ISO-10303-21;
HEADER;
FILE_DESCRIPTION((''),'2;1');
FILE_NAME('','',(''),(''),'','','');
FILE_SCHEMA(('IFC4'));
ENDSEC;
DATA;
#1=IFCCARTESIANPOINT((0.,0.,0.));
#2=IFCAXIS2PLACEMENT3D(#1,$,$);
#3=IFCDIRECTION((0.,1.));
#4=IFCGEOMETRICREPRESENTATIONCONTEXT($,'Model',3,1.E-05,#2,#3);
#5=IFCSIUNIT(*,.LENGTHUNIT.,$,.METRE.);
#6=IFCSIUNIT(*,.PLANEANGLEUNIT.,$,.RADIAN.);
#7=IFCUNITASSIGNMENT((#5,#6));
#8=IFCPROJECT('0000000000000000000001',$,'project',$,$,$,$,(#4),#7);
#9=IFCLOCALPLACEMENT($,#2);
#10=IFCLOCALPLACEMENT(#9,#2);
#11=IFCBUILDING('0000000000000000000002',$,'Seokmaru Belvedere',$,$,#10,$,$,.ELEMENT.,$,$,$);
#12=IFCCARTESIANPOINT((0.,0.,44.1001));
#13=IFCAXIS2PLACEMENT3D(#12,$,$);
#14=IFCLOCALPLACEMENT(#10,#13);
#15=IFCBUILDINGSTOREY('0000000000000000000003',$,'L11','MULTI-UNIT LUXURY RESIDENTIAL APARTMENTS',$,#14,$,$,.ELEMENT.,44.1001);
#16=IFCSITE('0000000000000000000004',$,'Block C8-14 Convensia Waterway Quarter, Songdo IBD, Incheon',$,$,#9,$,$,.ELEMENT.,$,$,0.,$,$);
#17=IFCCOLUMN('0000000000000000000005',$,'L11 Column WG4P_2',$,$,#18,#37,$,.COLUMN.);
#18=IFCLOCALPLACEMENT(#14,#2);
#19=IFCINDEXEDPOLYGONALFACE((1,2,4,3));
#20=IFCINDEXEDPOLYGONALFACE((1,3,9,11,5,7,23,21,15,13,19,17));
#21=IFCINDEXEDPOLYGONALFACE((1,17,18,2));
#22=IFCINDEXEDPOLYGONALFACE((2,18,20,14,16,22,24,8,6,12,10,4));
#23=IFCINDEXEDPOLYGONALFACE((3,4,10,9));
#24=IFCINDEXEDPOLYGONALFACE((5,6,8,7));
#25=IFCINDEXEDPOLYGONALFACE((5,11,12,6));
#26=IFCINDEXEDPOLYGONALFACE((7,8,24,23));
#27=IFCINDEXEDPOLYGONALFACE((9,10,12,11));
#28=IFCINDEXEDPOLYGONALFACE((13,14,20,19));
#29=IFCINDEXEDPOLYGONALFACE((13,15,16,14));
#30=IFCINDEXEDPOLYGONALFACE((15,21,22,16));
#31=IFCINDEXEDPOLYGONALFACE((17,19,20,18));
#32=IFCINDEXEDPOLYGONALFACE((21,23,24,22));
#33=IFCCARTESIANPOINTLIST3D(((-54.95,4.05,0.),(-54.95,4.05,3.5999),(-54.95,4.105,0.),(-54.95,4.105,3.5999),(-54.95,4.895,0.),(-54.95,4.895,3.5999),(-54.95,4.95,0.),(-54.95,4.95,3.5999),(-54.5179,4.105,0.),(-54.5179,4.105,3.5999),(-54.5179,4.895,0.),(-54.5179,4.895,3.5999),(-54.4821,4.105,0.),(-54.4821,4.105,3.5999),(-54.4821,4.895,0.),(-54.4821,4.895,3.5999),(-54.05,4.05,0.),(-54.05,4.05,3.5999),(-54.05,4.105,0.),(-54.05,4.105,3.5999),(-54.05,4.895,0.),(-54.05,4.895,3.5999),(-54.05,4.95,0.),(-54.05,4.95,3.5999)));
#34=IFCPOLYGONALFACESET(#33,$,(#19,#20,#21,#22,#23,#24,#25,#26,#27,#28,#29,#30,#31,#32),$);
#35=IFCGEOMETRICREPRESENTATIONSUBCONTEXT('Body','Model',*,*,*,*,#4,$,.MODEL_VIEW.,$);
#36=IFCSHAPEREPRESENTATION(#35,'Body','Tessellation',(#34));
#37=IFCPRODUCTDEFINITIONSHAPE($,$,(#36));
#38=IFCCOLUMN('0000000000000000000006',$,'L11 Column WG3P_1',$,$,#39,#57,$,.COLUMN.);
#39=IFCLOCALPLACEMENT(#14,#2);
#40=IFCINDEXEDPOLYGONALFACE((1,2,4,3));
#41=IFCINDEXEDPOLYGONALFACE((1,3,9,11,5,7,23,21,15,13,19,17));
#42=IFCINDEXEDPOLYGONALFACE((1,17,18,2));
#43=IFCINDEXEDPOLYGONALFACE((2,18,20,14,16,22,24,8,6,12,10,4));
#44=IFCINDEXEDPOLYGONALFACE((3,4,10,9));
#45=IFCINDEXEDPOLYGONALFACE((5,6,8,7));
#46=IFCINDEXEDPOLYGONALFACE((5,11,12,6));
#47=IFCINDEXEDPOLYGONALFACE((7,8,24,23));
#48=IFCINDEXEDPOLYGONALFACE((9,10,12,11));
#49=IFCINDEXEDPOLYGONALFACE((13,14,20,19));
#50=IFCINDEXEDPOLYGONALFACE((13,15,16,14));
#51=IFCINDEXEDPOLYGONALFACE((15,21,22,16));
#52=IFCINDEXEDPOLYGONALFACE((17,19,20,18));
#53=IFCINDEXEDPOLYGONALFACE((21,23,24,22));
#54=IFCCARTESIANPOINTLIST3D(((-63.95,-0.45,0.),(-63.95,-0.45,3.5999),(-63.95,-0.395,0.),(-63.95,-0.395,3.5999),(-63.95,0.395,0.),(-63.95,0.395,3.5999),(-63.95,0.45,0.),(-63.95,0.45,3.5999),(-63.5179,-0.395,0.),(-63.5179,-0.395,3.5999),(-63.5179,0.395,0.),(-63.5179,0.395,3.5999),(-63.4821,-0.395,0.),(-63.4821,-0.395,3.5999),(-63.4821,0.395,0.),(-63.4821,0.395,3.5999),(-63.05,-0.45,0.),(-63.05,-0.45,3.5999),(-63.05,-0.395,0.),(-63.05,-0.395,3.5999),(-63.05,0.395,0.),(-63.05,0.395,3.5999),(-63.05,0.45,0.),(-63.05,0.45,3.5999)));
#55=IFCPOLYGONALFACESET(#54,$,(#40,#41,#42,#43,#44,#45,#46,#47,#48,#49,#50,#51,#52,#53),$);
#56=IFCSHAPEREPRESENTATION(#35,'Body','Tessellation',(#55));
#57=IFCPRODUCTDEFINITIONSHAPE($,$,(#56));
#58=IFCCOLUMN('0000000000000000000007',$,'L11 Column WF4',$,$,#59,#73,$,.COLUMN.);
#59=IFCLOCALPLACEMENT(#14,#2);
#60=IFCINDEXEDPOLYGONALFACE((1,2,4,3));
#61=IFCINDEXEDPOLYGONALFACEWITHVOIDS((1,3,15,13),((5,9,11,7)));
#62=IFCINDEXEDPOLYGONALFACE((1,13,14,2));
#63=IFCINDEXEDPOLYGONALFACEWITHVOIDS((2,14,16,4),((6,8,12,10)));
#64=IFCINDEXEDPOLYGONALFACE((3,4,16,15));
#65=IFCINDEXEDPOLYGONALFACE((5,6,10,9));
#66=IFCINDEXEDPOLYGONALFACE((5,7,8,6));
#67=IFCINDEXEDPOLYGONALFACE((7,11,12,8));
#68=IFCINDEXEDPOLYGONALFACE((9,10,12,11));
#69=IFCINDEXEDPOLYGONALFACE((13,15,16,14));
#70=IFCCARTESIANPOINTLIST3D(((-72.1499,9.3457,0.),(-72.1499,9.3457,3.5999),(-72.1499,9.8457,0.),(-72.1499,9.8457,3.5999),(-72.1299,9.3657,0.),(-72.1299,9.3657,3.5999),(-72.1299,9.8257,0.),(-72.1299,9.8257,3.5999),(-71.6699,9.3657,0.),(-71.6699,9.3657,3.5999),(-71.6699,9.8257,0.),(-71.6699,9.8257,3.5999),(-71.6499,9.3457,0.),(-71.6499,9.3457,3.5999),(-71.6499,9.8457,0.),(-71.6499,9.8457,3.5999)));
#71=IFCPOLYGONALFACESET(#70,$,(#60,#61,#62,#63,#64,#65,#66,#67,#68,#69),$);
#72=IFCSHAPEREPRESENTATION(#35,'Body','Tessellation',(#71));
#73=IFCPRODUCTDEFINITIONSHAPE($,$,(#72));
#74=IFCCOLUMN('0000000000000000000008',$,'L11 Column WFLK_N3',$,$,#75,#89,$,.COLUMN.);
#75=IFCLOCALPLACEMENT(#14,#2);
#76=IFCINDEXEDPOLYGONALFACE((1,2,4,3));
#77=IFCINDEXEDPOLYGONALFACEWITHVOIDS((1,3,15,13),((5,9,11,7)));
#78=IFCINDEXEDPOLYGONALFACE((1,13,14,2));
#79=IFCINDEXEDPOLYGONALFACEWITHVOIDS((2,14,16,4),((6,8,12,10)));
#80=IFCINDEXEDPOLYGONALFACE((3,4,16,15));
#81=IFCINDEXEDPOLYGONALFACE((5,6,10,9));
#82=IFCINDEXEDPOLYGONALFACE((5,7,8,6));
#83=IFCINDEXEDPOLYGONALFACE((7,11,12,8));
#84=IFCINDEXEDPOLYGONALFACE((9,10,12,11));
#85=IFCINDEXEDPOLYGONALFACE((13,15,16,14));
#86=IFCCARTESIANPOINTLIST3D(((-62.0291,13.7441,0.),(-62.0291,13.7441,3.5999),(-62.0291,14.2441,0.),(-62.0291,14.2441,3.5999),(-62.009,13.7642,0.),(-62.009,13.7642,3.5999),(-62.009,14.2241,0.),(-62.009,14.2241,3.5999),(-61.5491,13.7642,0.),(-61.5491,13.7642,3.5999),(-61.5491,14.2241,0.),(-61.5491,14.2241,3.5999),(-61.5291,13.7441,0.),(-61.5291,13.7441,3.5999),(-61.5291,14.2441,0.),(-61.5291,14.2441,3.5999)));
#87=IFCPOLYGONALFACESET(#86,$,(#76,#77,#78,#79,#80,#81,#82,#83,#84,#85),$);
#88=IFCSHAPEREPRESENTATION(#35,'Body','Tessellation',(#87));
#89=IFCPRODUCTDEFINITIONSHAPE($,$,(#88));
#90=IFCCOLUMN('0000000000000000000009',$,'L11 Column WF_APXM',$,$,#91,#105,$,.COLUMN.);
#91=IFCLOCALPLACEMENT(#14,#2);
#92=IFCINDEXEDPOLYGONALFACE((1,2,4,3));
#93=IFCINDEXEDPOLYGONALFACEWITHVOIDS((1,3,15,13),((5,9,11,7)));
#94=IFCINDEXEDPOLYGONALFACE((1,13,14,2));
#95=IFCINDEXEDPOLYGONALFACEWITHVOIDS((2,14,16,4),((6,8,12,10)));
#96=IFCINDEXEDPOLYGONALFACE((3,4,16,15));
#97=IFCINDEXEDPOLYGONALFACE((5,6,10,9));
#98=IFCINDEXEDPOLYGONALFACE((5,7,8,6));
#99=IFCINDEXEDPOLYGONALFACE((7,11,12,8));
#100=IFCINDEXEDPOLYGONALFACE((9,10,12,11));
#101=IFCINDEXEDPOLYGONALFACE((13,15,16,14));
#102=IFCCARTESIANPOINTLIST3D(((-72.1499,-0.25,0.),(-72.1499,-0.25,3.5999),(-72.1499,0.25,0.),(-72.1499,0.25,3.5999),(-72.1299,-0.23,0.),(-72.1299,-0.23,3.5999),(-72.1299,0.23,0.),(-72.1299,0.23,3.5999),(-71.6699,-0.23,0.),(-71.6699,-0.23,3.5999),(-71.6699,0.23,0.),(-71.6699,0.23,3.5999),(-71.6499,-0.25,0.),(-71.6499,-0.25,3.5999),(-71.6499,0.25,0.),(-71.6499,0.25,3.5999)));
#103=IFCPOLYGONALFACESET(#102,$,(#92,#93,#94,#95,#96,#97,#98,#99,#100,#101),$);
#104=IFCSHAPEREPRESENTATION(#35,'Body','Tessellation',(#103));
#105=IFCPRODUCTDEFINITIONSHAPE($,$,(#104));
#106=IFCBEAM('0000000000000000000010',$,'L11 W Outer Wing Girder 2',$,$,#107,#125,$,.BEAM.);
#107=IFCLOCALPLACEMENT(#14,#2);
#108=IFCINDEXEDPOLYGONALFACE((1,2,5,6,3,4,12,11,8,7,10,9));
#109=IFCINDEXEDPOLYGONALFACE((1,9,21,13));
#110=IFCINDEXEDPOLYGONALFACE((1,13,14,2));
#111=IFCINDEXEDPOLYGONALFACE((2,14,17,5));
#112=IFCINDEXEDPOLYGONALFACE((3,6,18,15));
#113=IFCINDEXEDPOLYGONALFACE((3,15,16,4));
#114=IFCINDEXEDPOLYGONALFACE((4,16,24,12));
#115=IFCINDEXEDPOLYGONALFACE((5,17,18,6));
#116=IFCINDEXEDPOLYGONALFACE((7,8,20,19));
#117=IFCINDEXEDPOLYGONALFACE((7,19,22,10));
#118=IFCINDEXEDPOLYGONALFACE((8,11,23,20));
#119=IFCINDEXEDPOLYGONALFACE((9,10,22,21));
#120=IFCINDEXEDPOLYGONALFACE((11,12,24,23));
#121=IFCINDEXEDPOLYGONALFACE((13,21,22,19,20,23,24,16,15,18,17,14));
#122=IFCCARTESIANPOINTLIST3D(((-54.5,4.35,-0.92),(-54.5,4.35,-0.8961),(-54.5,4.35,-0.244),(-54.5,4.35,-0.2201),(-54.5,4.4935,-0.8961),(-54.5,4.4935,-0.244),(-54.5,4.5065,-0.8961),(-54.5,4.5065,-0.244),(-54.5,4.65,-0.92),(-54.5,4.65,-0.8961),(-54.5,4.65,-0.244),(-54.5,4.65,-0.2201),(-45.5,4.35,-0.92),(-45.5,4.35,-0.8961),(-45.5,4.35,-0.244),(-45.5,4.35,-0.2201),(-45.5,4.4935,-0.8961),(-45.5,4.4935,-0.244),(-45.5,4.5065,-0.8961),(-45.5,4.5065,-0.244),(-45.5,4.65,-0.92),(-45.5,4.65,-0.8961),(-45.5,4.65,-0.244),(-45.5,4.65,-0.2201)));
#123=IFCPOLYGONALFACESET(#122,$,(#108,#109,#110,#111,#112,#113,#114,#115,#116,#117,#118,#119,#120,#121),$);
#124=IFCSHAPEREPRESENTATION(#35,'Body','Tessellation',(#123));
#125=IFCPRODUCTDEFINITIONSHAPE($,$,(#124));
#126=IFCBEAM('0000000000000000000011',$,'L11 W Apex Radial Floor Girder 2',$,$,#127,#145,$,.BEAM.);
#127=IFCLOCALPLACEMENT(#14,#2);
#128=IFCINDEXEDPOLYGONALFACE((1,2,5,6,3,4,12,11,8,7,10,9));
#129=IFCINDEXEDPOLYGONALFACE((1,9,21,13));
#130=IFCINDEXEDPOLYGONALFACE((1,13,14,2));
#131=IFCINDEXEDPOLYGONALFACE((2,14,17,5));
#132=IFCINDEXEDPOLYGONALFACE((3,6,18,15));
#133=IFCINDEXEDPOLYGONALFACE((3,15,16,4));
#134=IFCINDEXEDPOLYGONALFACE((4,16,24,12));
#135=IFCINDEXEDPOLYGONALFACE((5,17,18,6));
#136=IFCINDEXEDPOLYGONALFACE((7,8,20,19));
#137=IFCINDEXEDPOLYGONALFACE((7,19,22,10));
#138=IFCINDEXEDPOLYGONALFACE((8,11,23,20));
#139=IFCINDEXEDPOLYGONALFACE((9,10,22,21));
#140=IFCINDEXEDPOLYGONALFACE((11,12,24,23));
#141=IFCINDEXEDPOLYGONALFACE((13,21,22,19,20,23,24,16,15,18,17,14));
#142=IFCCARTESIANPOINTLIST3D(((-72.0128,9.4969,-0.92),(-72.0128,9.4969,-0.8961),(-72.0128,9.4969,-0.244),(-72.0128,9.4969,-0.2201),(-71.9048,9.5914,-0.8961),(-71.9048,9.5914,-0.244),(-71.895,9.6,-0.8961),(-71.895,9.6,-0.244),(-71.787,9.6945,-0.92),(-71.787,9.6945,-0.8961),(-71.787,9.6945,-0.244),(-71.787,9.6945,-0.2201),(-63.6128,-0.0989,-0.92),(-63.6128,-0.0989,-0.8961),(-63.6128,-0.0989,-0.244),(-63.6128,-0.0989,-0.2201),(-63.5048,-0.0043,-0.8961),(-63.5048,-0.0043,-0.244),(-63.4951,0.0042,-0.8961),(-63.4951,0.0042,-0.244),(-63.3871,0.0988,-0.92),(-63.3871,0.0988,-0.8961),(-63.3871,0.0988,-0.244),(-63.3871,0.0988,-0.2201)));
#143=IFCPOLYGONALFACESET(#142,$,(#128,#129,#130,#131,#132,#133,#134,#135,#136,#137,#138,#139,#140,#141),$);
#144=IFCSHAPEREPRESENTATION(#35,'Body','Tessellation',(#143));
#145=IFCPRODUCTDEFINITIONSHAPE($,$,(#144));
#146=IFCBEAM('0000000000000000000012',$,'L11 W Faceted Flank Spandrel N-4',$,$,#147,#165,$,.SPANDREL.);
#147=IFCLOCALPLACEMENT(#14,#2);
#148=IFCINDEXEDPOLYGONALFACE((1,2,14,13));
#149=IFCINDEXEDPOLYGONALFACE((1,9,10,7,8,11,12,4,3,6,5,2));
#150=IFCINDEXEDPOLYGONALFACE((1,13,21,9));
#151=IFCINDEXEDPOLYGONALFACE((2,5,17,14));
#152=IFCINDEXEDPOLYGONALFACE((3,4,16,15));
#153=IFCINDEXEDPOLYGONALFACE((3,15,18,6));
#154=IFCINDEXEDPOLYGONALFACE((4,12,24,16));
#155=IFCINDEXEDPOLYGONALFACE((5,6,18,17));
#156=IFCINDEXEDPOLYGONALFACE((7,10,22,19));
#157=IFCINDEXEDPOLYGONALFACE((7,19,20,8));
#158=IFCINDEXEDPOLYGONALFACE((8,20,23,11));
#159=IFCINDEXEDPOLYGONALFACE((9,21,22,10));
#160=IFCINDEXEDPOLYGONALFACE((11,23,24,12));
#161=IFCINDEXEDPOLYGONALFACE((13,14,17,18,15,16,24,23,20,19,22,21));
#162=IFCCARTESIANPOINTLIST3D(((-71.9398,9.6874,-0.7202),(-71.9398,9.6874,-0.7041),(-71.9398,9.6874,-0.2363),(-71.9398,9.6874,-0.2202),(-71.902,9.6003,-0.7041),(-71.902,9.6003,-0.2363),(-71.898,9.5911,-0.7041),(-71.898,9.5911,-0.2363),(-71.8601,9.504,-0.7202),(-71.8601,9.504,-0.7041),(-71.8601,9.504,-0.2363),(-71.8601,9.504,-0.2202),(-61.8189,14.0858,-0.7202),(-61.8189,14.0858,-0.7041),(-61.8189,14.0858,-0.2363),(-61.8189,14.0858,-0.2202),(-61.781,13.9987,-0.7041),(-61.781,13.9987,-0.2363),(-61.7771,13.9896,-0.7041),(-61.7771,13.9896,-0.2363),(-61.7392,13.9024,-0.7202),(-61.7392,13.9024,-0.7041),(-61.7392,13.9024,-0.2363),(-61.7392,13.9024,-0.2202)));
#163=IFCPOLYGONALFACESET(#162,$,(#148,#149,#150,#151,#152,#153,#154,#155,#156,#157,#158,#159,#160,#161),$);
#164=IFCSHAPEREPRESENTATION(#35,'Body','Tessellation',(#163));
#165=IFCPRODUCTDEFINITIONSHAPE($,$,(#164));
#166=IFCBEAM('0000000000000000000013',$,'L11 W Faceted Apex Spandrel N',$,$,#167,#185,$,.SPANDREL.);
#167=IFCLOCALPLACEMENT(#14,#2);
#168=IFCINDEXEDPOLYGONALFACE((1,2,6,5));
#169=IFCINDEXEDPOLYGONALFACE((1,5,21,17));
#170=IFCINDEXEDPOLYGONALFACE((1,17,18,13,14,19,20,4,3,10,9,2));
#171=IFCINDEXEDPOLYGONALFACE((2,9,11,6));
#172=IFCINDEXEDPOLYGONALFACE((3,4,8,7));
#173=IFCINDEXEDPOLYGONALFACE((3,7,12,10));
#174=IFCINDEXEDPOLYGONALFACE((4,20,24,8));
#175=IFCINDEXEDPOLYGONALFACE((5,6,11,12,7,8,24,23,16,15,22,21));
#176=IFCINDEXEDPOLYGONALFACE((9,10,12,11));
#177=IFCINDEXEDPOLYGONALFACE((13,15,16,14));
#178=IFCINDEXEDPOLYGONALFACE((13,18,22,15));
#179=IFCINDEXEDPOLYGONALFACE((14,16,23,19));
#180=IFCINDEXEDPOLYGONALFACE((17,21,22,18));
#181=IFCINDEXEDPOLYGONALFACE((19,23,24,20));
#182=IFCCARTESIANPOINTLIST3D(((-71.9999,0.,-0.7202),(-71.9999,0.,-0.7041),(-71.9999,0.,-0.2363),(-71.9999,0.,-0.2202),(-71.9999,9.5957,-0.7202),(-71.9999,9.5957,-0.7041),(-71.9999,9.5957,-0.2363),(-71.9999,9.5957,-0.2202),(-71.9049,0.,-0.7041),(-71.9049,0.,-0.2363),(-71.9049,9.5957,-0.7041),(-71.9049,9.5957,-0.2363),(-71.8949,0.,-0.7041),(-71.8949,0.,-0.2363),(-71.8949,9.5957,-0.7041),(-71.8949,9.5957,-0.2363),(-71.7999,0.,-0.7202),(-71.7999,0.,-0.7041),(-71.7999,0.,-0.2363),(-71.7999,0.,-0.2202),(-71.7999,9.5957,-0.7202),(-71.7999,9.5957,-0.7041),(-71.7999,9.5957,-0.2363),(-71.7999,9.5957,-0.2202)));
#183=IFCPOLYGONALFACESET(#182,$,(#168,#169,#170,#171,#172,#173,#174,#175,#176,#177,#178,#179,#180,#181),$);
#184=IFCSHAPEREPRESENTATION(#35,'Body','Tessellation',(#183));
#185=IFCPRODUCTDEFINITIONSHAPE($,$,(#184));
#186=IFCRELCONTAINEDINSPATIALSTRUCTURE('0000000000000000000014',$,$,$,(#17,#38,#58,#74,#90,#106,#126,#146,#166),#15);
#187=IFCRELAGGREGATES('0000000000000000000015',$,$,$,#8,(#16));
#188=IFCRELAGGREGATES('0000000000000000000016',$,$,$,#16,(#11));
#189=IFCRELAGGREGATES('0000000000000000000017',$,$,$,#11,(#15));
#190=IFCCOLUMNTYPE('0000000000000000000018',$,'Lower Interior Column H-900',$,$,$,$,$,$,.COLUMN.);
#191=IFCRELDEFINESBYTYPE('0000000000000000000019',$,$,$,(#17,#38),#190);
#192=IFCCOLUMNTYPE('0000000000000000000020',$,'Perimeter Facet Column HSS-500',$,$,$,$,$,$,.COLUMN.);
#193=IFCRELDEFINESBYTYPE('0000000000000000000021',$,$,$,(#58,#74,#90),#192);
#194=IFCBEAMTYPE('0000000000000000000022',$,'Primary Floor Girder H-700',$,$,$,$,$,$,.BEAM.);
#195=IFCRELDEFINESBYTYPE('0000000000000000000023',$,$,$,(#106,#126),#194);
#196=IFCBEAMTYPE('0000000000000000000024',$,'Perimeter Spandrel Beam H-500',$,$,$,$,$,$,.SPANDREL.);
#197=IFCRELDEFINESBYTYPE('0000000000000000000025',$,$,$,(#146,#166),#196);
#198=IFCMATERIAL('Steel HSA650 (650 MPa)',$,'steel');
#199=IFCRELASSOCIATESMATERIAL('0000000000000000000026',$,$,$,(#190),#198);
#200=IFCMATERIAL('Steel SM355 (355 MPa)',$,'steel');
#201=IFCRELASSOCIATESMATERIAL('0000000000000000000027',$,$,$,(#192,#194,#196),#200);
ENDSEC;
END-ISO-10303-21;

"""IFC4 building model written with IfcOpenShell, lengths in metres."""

from ifc_helpers import new_model, si_unit, direction, frame, origin, origin_2d, place, context, subcontext, project, spatial, hollow_rectangle, i_section, extrude, source, transform, mapped, material, material_profile, profile_set, type_object, type_shapes, element, save


model = new_model("IFC4")

# Units and contexts
model_context = context("Model", 3, precision=1e-05, world=origin(), true_north=direction((0.0, 1.0)))
body_context = subcontext(model_context, "Body", "Model", "MODEL_VIEW")
ifc_project = project(units=[si_unit("LENGTHUNIT", "METRE"), si_unit("PLANEANGLEUNIT", "RADIAN")], contexts=[model_context])

# Site, building, storey
site_placement = place(None, origin())
site = spatial("IfcSite", under=ifc_project, at=site_placement, Name="Block C8-14 Convensia Waterway Quarter, Songdo IBD, Incheon", CompositionType="ELEMENT", RefElevation=0.0)
building_placement = place(site_placement, origin())
building = spatial("IfcBuilding", under=site, at=building_placement, Name="Seokmaru Belvedere", CompositionType="ELEMENT")
storey_placement = place(building_placement, frame((0.0, 0.0, 44.1001)))
storey = spatial("IfcBuildingStorey", under=building, at=storey_placement, Name="L11", Description="MULTI-UNIT LUXURY RESIDENTIAL APARTMENTS", CompositionType="ELEMENT", Elevation=44.1001)

# Columns
ifc_material_1 = material(Name="Steel HSA650 (650 MPa)", Category="steel")
ifc_material_profile_1 = material_profile(ifc_material_1, i_section(OverallWidth=0.8999, OverallDepth=0.8999, WebThickness=0.0359, FlangeThickness=0.0549, at=origin_2d()), Name="H-900x900x36x55")
ifc_profile_set_1 = profile_set([ifc_material_profile_1], Name="Steel HSA650 (650 MPa)")
column_type_1 = type_object("IfcColumnType", Name="Lower Interior Column H-900", PredefinedType="COLUMN", material=ifc_profile_set_1)
shared_shape_1 = source(origin(), body_context, "Body", "SweptSolid", [
    extrude(i_section(OverallWidth=0.8999, OverallDepth=0.8999, WebThickness=0.0359, FlangeThickness=0.0549, at=origin_2d()), origin(), (0.0, 0.0, 1.0), 3.5999),
])
type_shapes(column_type_1, [shared_shape_1])
for number, where, z_axis, x_axis, name in (
    (1, (-54.5, 4.5, 0.0), (0.0, 0.0, 1.0), (1.0, 0.0, 0.0), "L11 Column WG4P_2"),
    (2, (-63.5, 0.0, 0.0), (0.0, 0.0, 1.0), (1.0, 0.0, 0.0), "L11 Column WG3P_1"),
):
    element("IfcColumn", number, at=place(storey_placement, frame(where, z_axis=z_axis, x_axis=x_axis)), inside=storey, type_object=column_type_1, Name=name, PredefinedType="COLUMN", context=body_context, shape_type="MappedRepresentation", body=[
        mapped(shared_shape_1, transform((0.0, 0.0, 0.0), scale=1.0)),
    ])
ifc_material_2 = material(Name="Steel SM355 (355 MPa)", Category="steel")
ifc_material_profile_2 = material_profile(ifc_material_2, hollow_rectangle(XDim=0.5, YDim=0.5, WallThickness=0.02, at=origin_2d()), Name="HSS-500x500x20")
ifc_profile_set_2 = profile_set([ifc_material_profile_2], Name="Steel SM355 (355 MPa)")
column_type_2 = type_object("IfcColumnType", Name="Perimeter Facet Column HSS-500", PredefinedType="COLUMN", material=ifc_profile_set_2)
shared_shape_2 = source(origin(), body_context, "Body", "SweptSolid", [
    extrude(hollow_rectangle(XDim=0.5, YDim=0.5, WallThickness=0.02, at=origin_2d()), origin(), (0.0, 0.0, 1.0), 3.5999),
])
type_shapes(column_type_2, [shared_shape_2])
for number, where, z_axis, x_axis, name in (
    (3, (-71.8999, 9.5957, 0.0), (0.0, 0.0, 1.0), (1.0, 0.0, 0.0), "L11 Column WF4"),
    (4, (-61.7791, 13.9941, 0.0), (0.0, 0.0, 1.0), (1.0, 0.0, 0.0), "L11 Column WFLK_N3"),
    (5, (-71.8999, 0.0, 0.0), (0.0, 0.0, 1.0), (1.0, 0.0, 0.0), "L11 Column WF_APXM"),
):
    element("IfcColumn", number, at=place(storey_placement, frame(where, z_axis=z_axis, x_axis=x_axis)), inside=storey, type_object=column_type_2, Name=name, PredefinedType="COLUMN", context=body_context, shape_type="MappedRepresentation", body=[
        mapped(shared_shape_2, transform((0.0, 0.0, 0.0), scale=1.0)),
    ])

# Beams
ifc_material_profile_3 = material_profile(ifc_material_2, i_section(OverallWidth=0.3, OverallDepth=0.7, WebThickness=0.0129, FlangeThickness=0.0239, at=origin_2d()), Name="H-700x300x13x24")
ifc_profile_set_3 = profile_set([ifc_material_profile_3], Name="Steel SM355 (355 MPa)")
beam_type_1 = type_object("IfcBeamType", Name="Primary Floor Girder H-700", PredefinedType="BEAM", material=ifc_profile_set_3)
shared_shape_3 = source(origin(), body_context, "Body", "SweptSolid", [
    extrude(i_section(OverallWidth=0.3, OverallDepth=0.7, WebThickness=0.0129, FlangeThickness=0.0239, at=origin_2d()), origin(), (0.0, 0.0, 1.0), 9.0),
])
beam_1_placement = place(storey_placement, frame((-54.5, 4.5, -0.5701), z_axis=(1.0, 0.0, 0.0), x_axis=(0.0, 1.0, 0.0)))
element("IfcBeam", 6, at=beam_1_placement, inside=storey, type_object=beam_type_1, Name="L11 W Outer Wing Girder 2", PredefinedType="BEAM", context=body_context, shape_type="MappedRepresentation", body=[
    mapped(shared_shape_3, transform((0.0, 0.0, 0.0), scale=1.0)),
])
shared_shape_4 = source(origin(), body_context, "Body", "SweptSolid", [
    extrude(i_section(OverallWidth=0.3, OverallDepth=0.7, WebThickness=0.0129, FlangeThickness=0.0239, at=origin_2d()), origin(), (0.0, 0.0, 1.0), 12.7529),
])
beam_2_placement = place(storey_placement, frame((-71.8999, 9.5957, -0.5701), z_axis=(0.658667, -0.752434, 0.0), x_axis=(0.752434, 0.658667, 0.0)))
element("IfcBeam", 7, at=beam_2_placement, inside=storey, type_object=beam_type_1, Name="L11 W Apex Radial Floor Girder 2", PredefinedType="BEAM", context=body_context, shape_type="MappedRepresentation", body=[
    mapped(shared_shape_4, transform((0.0, 0.0, 0.0), scale=1.0)),
])
ifc_material_profile_4 = material_profile(ifc_material_2, i_section(OverallWidth=0.2, OverallDepth=0.5, WebThickness=0.01, FlangeThickness=0.0161, at=origin_2d()), Name="H-500x200x10x16")
ifc_profile_set_4 = profile_set([ifc_material_profile_4], Name="Steel SM355 (355 MPa)")
beam_type_2 = type_object("IfcBeamType", Name="Perimeter Spandrel Beam H-500", PredefinedType="SPANDREL", material=ifc_profile_set_4)
shared_shape_5 = source(origin(), body_context, "Body", "SweptSolid", [
    extrude(i_section(OverallWidth=0.2, OverallDepth=0.5, WebThickness=0.01, FlangeThickness=0.0161, at=origin_2d()), origin(), (0.0, 0.0, 1.0), 11.0354),
])
beam_3_placement = place(storey_placement, frame((-61.7791, 13.9941, -0.4702), z_axis=(-0.917134, -0.398579, 0.0), x_axis=(0.398579, -0.917134, 0.0)))
element("IfcBeam", 8, at=beam_3_placement, inside=storey, type_object=beam_type_2, Name="L11 W Faceted Flank Spandrel N-4", PredefinedType="SPANDREL", context=body_context, shape_type="MappedRepresentation", body=[
    mapped(shared_shape_5, transform((0.0, 0.0, 0.0), scale=1.0)),
])
shared_shape_6 = source(origin(), body_context, "Body", "SweptSolid", [
    extrude(i_section(OverallWidth=0.2, OverallDepth=0.5, WebThickness=0.01, FlangeThickness=0.0161, at=origin_2d()), origin(), (0.0, 0.0, 1.0), 9.5957),
])
type_shapes(beam_type_2, [shared_shape_5, shared_shape_6])
beam_4_placement = place(storey_placement, frame((-71.8999, 0.0, -0.4702), z_axis=(0.0, 1.0, 0.0), x_axis=(-1.0, 0.0, 0.0)))
element("IfcBeam", 9, at=beam_4_placement, inside=storey, type_object=beam_type_2, Name="L11 W Faceted Apex Spandrel N", PredefinedType="SPANDREL", context=body_context, shape_type="MappedRepresentation", body=[
    mapped(shared_shape_6, transform((0.0, 0.0, 0.0), scale=1.0)),
])

save(model, "model.ifc")
